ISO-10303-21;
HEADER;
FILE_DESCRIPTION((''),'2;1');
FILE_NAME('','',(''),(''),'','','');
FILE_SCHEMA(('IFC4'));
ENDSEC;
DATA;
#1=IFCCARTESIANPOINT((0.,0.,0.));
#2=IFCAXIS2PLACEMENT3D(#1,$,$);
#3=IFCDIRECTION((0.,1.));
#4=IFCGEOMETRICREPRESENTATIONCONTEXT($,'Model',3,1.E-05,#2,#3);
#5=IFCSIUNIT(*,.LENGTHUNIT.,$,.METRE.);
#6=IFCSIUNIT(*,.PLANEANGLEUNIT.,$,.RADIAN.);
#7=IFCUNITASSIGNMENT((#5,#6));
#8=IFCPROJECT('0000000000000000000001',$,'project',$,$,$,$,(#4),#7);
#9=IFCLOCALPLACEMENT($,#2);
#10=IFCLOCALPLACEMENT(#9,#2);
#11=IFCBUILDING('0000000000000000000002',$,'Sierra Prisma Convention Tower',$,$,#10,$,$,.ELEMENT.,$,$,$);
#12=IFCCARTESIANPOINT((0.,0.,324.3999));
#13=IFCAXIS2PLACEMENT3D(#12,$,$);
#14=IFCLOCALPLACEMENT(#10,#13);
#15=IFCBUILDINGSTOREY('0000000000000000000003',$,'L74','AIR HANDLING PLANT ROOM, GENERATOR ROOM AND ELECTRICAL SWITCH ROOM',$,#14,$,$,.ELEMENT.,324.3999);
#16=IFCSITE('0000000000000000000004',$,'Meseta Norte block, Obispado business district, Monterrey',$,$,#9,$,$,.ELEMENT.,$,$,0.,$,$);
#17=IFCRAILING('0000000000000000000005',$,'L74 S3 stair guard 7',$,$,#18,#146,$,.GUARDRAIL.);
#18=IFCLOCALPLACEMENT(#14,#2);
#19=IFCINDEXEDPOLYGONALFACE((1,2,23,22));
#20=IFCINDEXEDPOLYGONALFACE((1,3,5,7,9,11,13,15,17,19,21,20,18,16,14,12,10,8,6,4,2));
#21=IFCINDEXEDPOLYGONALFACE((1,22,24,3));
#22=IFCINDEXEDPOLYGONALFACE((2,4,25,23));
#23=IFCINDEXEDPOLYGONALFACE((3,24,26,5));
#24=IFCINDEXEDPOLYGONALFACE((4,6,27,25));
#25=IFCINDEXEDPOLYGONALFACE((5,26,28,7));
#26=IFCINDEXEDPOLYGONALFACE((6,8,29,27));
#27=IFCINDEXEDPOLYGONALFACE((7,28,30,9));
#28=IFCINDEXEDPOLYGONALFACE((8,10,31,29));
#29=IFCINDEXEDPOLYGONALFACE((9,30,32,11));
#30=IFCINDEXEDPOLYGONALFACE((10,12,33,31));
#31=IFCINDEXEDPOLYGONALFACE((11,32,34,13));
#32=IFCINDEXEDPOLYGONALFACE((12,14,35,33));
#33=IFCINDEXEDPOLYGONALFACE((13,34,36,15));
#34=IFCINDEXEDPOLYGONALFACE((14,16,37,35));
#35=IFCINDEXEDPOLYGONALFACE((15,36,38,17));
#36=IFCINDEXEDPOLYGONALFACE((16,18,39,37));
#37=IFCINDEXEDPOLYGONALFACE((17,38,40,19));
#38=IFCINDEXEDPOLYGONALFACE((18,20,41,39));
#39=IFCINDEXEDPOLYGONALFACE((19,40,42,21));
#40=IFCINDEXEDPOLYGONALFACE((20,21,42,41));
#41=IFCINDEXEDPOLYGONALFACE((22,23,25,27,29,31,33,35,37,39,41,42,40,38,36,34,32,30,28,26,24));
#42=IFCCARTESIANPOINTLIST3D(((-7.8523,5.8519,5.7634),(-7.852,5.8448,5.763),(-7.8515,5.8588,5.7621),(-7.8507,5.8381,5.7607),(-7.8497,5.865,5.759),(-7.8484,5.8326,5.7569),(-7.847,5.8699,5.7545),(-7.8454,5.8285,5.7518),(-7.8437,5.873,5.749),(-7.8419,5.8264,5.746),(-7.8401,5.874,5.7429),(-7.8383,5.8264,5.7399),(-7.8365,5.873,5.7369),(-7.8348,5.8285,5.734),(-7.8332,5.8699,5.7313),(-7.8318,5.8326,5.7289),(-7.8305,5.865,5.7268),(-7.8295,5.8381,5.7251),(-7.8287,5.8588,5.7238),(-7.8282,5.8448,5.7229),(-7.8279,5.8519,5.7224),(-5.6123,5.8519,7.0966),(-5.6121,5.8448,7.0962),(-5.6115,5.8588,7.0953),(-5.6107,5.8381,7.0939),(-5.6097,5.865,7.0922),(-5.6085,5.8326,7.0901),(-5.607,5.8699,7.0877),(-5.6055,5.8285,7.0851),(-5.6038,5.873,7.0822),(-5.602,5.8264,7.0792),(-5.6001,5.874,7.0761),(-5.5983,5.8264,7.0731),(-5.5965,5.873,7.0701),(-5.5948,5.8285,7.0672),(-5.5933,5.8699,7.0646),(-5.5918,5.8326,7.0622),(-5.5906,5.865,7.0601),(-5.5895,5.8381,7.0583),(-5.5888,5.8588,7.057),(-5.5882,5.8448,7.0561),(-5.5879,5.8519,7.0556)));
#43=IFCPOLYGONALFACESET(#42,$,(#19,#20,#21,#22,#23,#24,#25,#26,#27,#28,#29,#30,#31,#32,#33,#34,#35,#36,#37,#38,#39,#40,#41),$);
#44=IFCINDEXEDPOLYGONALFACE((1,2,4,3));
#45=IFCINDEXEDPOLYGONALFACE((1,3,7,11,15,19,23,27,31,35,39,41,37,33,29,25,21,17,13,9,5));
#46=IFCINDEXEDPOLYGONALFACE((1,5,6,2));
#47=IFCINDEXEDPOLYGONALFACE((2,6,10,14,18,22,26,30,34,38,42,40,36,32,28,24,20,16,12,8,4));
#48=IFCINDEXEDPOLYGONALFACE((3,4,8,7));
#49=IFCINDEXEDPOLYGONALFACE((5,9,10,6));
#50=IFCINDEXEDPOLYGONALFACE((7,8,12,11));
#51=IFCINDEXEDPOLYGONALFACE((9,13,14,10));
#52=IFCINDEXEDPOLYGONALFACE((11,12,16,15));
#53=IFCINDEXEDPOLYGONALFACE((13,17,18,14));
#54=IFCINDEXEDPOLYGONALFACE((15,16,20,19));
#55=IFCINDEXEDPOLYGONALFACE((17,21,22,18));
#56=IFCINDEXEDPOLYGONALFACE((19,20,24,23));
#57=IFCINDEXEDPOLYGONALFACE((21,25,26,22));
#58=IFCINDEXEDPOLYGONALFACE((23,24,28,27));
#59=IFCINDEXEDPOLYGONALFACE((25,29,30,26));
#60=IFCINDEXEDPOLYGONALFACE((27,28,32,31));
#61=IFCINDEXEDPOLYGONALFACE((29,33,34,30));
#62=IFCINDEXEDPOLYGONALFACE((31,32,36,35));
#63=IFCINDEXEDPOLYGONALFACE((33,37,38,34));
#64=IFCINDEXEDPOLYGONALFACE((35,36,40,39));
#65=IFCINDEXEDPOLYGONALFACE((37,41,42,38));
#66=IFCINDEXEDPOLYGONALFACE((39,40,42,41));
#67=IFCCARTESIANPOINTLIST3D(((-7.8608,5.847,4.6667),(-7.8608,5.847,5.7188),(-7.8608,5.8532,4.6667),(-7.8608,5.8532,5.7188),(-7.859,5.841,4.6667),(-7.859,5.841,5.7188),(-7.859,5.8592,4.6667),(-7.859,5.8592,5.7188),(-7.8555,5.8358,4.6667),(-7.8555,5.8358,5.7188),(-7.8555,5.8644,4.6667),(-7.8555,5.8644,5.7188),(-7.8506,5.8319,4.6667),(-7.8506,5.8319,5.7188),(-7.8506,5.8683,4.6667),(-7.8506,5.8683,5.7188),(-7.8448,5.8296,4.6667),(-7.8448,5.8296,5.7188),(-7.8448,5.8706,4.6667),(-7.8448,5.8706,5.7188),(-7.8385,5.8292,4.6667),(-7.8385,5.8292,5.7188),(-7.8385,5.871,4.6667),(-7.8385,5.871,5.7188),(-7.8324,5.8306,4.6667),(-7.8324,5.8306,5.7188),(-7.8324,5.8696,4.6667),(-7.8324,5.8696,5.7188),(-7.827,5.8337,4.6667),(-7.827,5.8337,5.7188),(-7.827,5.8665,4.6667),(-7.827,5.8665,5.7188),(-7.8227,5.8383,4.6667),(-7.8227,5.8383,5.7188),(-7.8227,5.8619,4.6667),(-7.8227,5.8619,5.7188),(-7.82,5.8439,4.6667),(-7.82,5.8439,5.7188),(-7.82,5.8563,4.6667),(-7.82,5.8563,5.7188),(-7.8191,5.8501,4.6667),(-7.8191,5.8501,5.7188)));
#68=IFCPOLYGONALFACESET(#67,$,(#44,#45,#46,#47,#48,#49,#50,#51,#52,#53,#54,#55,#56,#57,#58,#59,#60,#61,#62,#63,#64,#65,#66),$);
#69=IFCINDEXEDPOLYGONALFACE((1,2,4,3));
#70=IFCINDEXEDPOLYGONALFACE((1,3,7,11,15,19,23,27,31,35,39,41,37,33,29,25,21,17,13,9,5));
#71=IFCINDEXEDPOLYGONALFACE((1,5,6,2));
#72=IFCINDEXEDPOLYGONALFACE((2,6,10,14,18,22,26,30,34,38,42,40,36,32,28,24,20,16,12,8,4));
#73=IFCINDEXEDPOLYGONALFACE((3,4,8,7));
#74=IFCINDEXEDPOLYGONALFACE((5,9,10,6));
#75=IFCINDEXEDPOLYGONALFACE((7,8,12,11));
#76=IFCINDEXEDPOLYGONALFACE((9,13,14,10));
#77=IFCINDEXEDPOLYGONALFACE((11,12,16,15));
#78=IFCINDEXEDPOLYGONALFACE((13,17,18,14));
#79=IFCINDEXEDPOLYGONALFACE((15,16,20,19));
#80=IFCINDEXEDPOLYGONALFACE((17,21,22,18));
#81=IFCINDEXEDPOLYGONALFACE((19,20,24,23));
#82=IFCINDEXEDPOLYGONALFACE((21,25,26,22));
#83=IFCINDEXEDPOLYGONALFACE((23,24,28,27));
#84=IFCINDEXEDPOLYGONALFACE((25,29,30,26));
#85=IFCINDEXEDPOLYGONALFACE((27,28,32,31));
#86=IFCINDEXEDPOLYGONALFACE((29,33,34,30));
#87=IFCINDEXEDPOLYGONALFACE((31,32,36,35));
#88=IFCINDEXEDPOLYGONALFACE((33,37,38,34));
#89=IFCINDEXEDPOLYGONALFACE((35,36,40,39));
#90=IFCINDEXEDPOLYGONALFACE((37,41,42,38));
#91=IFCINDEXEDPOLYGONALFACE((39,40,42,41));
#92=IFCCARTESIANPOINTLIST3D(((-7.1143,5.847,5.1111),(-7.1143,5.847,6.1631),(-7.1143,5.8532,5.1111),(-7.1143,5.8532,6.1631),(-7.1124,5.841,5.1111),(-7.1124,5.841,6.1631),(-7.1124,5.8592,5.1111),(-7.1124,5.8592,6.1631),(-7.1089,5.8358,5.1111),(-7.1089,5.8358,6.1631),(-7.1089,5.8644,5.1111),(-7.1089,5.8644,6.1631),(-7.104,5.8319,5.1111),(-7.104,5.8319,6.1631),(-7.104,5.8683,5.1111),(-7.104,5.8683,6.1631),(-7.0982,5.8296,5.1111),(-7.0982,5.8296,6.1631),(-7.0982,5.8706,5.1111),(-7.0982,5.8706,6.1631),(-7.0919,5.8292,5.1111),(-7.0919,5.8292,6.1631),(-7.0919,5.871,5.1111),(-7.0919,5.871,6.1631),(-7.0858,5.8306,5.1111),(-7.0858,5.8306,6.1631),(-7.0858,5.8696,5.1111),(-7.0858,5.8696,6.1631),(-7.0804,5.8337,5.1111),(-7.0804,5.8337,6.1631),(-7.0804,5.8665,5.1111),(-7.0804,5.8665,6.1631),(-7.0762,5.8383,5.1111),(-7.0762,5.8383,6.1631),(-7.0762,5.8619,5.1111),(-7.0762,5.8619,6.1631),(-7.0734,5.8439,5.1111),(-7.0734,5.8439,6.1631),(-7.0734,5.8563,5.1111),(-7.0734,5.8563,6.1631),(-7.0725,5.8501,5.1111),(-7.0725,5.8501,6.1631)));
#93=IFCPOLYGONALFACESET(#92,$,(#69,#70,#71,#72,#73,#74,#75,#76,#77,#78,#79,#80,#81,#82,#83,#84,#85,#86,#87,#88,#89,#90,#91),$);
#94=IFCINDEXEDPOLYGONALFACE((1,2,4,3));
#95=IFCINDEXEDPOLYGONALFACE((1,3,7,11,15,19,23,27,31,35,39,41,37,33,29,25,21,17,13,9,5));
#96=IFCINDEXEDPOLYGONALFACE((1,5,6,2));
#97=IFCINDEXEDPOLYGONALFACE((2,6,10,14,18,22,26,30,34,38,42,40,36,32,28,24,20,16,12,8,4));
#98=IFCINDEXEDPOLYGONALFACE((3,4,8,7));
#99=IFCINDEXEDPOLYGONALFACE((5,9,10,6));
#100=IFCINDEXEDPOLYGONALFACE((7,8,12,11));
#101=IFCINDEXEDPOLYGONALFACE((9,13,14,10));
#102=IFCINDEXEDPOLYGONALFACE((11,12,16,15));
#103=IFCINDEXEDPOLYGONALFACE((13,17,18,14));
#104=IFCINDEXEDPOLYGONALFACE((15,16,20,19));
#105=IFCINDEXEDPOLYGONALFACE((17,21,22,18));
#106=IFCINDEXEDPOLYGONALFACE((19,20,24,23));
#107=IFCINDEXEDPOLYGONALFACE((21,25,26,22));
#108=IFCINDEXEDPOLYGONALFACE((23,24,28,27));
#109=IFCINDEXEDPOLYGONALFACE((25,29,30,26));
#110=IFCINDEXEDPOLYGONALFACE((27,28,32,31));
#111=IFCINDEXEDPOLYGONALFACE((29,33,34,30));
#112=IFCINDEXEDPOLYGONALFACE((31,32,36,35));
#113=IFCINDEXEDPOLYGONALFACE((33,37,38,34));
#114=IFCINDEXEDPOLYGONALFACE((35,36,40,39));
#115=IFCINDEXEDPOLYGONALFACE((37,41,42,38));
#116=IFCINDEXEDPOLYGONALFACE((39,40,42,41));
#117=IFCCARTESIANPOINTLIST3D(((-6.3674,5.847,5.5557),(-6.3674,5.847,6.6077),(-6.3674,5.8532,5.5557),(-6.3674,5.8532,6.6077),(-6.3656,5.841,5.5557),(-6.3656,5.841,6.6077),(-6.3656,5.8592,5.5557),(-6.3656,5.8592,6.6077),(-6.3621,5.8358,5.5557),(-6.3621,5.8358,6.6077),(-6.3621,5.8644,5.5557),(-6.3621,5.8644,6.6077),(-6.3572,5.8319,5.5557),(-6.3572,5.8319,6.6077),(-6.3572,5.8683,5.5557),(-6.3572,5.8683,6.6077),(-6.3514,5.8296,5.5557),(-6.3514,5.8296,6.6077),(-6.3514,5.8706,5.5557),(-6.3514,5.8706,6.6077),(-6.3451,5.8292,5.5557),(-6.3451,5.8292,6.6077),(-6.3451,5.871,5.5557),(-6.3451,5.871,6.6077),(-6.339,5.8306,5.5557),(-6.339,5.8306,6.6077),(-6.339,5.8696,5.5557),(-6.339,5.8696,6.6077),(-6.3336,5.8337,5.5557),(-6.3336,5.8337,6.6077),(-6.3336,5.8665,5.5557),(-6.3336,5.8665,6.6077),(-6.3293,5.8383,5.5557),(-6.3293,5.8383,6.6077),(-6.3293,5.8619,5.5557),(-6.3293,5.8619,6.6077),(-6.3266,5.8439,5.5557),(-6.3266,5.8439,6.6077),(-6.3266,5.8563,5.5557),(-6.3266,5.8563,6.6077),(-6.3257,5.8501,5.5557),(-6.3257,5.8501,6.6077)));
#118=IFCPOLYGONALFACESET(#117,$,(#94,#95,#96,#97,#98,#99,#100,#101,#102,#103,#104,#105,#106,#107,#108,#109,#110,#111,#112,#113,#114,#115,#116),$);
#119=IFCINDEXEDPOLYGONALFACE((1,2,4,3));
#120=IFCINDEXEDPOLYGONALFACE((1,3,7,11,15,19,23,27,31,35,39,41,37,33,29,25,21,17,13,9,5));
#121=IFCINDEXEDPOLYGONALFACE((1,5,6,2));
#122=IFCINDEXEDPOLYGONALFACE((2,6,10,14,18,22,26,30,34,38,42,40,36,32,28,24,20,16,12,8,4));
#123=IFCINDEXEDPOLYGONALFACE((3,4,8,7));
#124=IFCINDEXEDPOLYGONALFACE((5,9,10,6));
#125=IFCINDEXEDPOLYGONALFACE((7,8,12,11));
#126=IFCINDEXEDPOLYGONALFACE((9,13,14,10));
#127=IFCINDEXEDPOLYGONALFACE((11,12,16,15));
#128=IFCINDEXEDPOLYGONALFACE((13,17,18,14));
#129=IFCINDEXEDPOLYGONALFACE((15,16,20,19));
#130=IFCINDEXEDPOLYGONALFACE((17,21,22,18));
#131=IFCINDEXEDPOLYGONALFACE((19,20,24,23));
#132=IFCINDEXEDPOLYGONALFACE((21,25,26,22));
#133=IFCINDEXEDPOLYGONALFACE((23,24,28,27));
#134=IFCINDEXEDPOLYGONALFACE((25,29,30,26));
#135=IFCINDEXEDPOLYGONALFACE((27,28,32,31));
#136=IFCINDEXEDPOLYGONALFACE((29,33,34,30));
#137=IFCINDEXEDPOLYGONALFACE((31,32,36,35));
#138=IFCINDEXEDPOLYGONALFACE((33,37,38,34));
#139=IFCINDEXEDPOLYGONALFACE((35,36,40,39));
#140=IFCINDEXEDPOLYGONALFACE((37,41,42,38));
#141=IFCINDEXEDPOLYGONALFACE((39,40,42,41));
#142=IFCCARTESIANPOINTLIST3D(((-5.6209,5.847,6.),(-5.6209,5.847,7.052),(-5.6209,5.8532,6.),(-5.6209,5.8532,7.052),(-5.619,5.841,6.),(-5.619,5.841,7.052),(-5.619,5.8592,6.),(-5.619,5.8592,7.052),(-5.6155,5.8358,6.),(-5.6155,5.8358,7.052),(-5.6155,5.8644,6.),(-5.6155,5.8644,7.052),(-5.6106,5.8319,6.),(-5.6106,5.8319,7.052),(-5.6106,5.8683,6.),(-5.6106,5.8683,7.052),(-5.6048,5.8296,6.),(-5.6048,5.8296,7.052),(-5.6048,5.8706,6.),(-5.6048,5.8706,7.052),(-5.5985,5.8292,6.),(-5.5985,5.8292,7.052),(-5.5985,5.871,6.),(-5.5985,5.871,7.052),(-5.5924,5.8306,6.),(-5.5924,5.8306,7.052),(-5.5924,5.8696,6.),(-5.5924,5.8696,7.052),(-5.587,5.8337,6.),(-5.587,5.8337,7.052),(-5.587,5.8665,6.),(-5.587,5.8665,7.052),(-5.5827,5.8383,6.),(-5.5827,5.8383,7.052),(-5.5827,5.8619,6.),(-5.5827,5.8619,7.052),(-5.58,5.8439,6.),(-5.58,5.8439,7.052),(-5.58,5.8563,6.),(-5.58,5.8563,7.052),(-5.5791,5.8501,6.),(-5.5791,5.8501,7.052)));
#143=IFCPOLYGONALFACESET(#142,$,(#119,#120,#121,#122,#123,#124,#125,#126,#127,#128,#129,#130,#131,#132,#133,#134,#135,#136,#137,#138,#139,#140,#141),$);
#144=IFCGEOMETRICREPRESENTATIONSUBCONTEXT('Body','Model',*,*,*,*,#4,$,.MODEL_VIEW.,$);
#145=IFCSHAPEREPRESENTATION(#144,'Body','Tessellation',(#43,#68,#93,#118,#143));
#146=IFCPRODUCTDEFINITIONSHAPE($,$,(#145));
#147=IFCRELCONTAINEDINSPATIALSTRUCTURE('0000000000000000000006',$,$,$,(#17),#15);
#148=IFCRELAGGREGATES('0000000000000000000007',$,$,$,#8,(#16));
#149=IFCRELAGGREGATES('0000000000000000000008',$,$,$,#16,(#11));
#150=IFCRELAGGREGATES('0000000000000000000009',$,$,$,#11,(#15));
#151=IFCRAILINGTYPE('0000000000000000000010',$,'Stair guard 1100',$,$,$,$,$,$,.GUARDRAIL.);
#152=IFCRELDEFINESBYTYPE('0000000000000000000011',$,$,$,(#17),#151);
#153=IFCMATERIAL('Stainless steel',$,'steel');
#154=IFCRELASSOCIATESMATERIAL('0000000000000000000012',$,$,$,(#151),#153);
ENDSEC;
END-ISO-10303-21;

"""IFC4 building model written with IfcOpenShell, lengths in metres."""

from ifc_helpers import new_model, si_unit, direction, frame, origin, origin_2d, place, context, subcontext, project, spatial, circle, extrude, material, type_object, element, save


model = new_model("IFC4")

# Units and contexts
model_context = context("Model", 3, precision=1e-05, world=origin(), true_north=direction((0.0, 1.0)))
body_context = subcontext(model_context, "Body", "Model", "MODEL_VIEW")
ifc_project = project(units=[si_unit("LENGTHUNIT", "METRE"), si_unit("PLANEANGLEUNIT", "RADIAN")], contexts=[model_context])

# Site, building, storey
site_placement = place(None, origin())
site = spatial("IfcSite", under=ifc_project, at=site_placement, Name="Meseta Norte block, Obispado business district, Monterrey", CompositionType="ELEMENT", RefElevation=0.0)
building_placement = place(site_placement, origin())
building = spatial("IfcBuilding", under=site, at=building_placement, Name="Sierra Prisma Convention Tower", CompositionType="ELEMENT")
storey_placement = place(building_placement, frame((0.0, 0.0, 324.3999)))
storey = spatial("IfcBuildingStorey", under=building, at=storey_placement, Name="L74", Description="AIR HANDLING PLANT ROOM, GENERATOR ROOM AND ELECTRICAL SWITCH ROOM", CompositionType="ELEMENT", Elevation=324.3999)

# Railing
ifc_material_1 = material(Name="Stainless steel", Category="steel")
railing_type_1 = type_object("IfcRailingType", Name="Stair guard 1100", PredefinedType="GUARDRAIL", material=ifc_material_1)
railing_1_placement = place(storey_placement, frame((-7.8401, 5.8501, 4.6667)))
element("IfcRailing", 1, at=railing_1_placement, inside=storey, type_object=railing_type_1, Name="L74 S3 stair guard 7", PredefinedType="GUARDRAIL", context=body_context, shape_type="SweptSolid", body=[
    extrude(circle(Radius=0.0239, at=origin_2d()), frame((0.0, 0.0, 1.0762), z_axis=(0.859306, 0.0, 0.511462), x_axis=(0.0, 1.0, 0.0)), (0.0, 0.0, 1.0), 2.6067),
    extrude(circle(Radius=0.021, at=origin_2d()), origin(), (0.0, 0.0, 1.0), 1.052),
    extrude(circle(Radius=0.021, at=origin_2d()), frame((0.7466, 0.0, 0.4443)), (0.0, 0.0, 1.0), 1.052),
    extrude(circle(Radius=0.021, at=origin_2d()), frame((1.4934, 0.0, 0.8889)), (0.0, 0.0, 1.0), 1.052),
    extrude(circle(Radius=0.021, at=origin_2d()), frame((2.24, 0.0, 1.3333)), (0.0, 0.0, 1.0), 1.052),
])

save(model, "model.ifc")
